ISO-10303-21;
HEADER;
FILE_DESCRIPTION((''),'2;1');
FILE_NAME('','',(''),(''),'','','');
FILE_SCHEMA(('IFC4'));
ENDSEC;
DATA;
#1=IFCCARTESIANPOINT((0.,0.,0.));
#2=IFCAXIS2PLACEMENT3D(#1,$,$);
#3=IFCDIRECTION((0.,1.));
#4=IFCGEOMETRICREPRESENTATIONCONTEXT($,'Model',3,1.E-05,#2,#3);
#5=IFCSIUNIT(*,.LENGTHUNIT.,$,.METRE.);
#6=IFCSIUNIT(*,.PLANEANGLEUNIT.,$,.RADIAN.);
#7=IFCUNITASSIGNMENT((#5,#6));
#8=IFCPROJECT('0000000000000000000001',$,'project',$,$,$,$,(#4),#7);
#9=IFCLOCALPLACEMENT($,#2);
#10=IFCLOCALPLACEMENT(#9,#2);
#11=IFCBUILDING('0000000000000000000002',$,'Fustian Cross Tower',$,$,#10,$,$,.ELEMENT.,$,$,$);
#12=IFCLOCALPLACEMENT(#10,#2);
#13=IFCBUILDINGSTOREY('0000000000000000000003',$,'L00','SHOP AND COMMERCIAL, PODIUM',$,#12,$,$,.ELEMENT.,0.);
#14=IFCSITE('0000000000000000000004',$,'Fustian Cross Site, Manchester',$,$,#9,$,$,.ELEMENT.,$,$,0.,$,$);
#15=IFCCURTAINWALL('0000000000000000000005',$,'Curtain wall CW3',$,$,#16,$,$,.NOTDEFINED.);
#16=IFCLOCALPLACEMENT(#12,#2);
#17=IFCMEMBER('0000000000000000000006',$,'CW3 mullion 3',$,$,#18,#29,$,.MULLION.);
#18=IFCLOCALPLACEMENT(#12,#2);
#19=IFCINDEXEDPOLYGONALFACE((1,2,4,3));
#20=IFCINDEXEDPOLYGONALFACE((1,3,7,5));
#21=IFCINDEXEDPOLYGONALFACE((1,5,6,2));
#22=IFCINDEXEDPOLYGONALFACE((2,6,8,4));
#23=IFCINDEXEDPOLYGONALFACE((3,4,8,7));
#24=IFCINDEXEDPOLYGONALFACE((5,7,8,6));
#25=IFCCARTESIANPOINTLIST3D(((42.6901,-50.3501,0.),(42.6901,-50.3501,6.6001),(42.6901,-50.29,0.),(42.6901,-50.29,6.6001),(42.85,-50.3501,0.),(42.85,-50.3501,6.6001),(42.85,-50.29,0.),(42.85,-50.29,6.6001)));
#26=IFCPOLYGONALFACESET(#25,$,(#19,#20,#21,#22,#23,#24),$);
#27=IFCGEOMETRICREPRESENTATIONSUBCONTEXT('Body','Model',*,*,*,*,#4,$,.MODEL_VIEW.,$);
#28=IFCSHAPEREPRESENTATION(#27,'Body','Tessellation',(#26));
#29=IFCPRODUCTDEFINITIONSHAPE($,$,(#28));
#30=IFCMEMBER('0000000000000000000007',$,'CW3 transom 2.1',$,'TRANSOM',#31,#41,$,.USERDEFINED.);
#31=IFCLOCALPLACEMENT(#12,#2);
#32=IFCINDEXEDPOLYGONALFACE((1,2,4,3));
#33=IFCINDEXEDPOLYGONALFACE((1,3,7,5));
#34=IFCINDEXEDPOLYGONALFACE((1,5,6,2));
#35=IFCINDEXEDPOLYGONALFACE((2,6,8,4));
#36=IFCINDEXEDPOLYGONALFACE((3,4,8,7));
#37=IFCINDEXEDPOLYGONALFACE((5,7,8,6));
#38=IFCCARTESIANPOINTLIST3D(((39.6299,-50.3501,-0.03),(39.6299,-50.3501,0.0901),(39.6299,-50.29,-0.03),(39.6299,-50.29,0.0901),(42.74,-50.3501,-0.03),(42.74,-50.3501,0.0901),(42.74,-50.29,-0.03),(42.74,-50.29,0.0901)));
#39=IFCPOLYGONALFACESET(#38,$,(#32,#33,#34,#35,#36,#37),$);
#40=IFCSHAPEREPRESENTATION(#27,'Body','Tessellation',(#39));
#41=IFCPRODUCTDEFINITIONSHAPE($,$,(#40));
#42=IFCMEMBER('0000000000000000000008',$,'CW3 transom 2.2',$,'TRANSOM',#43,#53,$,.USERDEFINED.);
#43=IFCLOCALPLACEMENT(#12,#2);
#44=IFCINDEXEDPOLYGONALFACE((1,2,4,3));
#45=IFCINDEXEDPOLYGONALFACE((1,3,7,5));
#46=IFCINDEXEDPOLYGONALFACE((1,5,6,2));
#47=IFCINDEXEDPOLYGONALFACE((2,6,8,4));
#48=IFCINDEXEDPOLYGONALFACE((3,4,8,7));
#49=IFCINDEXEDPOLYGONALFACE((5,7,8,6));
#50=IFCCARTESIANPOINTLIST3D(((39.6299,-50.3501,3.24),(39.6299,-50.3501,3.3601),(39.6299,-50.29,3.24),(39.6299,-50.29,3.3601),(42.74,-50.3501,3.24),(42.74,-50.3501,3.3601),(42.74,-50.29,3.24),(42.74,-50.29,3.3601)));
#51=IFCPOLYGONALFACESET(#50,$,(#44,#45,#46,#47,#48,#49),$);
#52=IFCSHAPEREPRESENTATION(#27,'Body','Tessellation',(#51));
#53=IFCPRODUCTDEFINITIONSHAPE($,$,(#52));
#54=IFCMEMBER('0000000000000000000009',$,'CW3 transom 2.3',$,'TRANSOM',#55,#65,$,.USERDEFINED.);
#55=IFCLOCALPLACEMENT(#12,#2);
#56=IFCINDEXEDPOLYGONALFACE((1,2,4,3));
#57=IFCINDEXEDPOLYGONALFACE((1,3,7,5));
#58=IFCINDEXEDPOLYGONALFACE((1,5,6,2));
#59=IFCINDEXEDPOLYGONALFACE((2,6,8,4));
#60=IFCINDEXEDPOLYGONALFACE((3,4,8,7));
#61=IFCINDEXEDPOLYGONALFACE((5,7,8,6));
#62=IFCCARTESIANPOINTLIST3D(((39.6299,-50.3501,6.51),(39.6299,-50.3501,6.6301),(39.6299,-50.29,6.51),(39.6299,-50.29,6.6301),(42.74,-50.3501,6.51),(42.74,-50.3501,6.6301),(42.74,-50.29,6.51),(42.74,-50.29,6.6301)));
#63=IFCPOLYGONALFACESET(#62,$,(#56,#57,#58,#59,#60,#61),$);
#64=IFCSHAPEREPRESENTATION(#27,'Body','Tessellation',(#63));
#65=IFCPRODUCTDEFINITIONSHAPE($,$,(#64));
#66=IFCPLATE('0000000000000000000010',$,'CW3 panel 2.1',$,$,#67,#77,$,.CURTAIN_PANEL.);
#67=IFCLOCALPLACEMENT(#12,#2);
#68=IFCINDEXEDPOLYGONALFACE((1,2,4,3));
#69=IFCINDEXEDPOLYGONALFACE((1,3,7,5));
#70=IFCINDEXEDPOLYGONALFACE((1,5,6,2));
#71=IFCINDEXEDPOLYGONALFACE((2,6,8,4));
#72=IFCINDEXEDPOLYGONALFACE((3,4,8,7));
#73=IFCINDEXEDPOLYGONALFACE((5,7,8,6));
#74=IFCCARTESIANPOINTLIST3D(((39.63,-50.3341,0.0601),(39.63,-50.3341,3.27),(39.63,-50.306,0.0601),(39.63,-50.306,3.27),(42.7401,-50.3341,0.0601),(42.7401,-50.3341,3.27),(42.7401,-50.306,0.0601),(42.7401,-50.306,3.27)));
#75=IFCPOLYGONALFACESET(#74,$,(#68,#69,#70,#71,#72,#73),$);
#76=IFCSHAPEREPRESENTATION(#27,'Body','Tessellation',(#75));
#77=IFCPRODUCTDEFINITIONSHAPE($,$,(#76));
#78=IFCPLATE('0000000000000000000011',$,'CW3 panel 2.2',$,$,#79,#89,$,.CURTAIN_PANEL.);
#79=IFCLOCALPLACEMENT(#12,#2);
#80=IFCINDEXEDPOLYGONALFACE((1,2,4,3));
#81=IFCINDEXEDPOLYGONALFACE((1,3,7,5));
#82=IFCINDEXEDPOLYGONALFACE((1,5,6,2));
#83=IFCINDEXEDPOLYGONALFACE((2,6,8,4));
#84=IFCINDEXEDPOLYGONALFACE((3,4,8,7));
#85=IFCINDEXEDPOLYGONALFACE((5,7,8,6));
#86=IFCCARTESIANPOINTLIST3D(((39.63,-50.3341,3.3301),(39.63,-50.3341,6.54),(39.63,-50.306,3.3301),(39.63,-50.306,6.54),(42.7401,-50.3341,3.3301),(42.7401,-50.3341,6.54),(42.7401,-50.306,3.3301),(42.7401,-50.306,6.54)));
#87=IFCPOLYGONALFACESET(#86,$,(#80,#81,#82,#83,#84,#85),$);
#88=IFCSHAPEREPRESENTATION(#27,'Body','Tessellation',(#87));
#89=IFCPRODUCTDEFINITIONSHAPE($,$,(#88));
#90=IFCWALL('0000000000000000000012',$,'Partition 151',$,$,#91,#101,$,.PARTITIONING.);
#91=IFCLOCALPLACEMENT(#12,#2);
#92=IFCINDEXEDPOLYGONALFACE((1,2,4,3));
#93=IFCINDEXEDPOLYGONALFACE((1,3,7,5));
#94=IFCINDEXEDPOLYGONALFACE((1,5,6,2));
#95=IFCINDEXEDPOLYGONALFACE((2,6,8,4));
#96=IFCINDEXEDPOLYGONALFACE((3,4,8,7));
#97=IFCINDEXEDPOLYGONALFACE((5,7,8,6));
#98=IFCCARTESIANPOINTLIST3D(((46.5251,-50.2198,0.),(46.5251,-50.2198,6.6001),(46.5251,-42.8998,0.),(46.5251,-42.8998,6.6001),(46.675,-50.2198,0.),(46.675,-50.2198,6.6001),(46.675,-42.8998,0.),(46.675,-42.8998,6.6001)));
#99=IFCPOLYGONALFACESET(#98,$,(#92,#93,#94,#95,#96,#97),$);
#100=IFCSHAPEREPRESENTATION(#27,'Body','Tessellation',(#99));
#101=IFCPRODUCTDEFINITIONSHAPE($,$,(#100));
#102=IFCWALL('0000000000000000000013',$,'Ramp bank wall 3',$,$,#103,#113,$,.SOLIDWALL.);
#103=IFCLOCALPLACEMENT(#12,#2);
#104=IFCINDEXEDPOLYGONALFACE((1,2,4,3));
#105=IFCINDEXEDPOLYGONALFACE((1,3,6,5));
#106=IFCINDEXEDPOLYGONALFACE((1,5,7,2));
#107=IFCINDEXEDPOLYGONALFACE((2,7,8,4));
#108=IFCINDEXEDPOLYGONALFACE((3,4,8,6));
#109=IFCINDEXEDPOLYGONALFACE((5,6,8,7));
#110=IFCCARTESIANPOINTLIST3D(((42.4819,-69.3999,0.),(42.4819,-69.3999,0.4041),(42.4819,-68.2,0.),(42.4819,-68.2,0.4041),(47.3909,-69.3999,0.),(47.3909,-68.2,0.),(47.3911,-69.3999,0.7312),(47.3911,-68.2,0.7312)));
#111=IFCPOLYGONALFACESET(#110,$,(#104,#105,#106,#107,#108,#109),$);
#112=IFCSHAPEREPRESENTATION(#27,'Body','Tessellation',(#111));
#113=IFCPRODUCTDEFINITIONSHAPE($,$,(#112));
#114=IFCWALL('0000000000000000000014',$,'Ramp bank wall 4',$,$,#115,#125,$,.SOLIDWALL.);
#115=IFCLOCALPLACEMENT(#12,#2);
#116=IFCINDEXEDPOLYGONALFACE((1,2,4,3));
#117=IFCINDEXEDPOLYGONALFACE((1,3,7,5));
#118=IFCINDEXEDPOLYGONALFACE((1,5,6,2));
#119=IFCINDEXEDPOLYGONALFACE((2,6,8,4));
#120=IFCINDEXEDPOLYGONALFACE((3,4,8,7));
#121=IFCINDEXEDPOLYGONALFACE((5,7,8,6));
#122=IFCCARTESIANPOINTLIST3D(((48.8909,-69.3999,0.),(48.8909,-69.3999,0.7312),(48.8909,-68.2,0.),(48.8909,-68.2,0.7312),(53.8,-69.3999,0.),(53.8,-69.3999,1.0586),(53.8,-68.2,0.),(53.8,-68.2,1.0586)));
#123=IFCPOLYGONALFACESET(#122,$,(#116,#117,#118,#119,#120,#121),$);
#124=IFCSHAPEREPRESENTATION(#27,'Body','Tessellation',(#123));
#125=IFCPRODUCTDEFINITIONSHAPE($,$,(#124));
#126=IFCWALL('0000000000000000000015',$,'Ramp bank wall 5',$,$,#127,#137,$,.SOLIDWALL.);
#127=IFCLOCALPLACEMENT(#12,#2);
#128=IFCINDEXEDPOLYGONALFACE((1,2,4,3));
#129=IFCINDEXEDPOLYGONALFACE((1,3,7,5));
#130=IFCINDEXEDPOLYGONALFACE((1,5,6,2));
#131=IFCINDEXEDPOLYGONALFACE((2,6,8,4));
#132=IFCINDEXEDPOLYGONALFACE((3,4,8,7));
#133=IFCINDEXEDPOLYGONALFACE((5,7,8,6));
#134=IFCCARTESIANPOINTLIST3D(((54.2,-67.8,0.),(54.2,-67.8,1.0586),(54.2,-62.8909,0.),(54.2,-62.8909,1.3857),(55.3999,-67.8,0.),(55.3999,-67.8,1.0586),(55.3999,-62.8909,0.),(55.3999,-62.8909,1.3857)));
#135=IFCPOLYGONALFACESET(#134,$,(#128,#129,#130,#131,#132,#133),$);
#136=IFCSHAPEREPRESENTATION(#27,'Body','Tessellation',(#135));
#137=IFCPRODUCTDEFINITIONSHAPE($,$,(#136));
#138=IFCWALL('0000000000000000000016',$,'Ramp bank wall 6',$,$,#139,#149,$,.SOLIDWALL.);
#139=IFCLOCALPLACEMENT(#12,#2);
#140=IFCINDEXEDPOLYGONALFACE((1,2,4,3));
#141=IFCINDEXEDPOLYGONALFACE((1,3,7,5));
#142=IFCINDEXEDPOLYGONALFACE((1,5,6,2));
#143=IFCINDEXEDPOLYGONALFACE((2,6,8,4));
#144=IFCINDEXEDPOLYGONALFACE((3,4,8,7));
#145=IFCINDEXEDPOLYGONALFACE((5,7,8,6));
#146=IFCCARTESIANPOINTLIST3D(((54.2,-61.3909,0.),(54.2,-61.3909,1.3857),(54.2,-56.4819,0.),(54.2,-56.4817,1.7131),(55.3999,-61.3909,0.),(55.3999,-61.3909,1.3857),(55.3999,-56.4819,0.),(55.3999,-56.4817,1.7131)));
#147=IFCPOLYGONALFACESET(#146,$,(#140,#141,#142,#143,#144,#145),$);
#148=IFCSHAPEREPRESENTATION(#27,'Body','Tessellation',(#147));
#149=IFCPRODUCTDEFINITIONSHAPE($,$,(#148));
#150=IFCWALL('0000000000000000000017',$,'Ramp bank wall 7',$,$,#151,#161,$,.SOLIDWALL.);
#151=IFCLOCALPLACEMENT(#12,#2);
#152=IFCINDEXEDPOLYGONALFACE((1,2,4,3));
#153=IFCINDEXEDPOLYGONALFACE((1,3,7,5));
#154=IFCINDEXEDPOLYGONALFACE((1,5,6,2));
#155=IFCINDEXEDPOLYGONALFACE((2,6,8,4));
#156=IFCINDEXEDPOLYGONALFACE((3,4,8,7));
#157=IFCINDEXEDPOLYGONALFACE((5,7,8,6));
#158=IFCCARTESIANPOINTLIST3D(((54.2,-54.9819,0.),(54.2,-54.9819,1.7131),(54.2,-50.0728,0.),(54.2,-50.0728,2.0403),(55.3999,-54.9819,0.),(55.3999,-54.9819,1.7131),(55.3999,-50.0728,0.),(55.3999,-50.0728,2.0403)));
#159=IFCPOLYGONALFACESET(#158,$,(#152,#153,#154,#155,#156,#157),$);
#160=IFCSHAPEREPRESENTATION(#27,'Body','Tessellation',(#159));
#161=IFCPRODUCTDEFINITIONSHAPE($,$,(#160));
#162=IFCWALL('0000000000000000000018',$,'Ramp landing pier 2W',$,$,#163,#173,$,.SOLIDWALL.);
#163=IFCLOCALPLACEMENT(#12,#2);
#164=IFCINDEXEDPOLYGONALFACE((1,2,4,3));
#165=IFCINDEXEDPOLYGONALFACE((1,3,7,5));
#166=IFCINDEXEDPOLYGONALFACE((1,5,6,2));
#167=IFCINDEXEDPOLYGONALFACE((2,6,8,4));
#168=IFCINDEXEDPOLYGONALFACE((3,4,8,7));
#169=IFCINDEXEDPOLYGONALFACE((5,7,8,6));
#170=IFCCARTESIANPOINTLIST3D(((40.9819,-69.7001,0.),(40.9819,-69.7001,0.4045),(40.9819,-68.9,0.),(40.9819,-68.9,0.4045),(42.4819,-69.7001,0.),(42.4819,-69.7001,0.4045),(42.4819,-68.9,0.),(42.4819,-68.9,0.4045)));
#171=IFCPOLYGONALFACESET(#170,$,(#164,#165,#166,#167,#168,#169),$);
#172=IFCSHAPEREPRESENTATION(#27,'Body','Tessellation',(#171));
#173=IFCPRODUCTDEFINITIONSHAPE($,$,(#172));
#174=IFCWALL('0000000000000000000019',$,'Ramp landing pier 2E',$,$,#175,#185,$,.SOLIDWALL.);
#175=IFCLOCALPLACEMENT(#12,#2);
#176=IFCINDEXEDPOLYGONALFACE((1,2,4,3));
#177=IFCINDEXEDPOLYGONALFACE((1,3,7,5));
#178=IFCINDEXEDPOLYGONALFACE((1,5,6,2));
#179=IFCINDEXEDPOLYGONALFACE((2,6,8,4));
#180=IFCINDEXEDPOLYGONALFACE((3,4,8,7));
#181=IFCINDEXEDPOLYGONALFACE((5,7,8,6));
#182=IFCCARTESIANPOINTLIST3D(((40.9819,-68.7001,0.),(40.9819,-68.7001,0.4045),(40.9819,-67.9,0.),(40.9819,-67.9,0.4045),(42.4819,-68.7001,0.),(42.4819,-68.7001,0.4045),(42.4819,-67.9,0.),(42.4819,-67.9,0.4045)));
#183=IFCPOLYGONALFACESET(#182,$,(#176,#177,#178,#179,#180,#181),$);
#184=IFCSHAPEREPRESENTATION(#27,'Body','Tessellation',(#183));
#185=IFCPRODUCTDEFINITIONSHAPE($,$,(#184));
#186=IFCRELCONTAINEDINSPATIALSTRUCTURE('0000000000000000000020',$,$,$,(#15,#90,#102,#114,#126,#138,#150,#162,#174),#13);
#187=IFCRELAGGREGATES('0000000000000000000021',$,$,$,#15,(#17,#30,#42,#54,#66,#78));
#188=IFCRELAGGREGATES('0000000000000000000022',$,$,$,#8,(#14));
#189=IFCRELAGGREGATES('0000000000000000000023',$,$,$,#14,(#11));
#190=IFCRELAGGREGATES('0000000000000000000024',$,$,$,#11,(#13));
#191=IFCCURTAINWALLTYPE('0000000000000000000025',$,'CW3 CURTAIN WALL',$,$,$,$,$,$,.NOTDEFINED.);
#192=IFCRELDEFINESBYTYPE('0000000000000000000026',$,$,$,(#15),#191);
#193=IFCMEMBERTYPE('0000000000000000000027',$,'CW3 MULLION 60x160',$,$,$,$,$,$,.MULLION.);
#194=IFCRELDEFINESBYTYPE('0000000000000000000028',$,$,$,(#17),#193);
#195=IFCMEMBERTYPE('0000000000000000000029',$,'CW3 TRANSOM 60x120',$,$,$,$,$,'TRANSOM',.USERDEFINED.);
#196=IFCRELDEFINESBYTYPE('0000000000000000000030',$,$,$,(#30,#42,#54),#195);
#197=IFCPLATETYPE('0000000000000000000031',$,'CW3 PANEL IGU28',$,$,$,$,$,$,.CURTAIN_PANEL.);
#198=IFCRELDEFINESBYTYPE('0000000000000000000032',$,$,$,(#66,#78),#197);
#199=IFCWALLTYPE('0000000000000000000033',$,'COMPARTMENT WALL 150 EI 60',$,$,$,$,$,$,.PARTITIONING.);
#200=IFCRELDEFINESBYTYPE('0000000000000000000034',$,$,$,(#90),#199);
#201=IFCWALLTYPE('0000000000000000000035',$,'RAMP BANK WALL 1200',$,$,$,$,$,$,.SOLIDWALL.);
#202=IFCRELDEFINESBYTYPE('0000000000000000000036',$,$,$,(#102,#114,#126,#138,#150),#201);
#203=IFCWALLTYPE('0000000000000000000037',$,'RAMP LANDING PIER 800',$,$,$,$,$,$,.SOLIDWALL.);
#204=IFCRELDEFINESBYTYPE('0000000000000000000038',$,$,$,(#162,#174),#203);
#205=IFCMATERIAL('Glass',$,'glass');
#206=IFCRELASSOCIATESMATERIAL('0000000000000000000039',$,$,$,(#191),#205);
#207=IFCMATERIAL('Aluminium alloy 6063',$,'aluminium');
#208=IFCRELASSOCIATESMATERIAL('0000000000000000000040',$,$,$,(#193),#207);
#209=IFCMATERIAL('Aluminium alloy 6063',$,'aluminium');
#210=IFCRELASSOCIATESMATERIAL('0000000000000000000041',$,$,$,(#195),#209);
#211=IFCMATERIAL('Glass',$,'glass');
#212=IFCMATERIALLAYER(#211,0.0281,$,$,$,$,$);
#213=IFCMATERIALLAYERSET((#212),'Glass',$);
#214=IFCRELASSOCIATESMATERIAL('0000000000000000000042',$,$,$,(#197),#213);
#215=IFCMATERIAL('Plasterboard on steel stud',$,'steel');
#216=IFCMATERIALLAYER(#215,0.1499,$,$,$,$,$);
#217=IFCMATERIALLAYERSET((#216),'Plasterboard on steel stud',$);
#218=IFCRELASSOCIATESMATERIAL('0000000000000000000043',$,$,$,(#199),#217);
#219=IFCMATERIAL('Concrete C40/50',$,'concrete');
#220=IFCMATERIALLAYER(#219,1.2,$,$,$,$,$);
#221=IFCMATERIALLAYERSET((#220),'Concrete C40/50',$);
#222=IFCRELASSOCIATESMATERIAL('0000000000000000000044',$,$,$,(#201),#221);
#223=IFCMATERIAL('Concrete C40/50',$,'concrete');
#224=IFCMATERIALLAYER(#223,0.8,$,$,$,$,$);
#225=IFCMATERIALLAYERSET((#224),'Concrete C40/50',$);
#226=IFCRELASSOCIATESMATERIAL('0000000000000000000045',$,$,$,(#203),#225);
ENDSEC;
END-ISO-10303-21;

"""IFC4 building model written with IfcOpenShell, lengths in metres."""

from ifc_helpers import new_model, si_unit, direction, frame, frame_2d, origin, origin_2d, place, context, subcontext, project, spatial, polyline, rectangle, outline, extrude, material, layer, layer_set, material_profile, profile_set, type_object, element, aggregate, save


model = new_model("IFC4")

# Units and contexts
model_context = context("Model", 3, precision=1e-05, world=origin(), true_north=direction((0.0, 1.0)))
body_context = subcontext(model_context, "Body", "Model", "MODEL_VIEW")
ifc_project = project(units=[si_unit("LENGTHUNIT", "METRE"), si_unit("PLANEANGLEUNIT", "RADIAN")], contexts=[model_context])

# Site, building, storey
site_placement = place(None, origin())
site = spatial("IfcSite", under=ifc_project, at=site_placement, Name="Fustian Cross Site, Manchester", CompositionType="ELEMENT", RefElevation=0.0)
building_placement = place(site_placement, origin())
building = spatial("IfcBuilding", under=site, at=building_placement, Name="Fustian Cross Tower", CompositionType="ELEMENT")
storey_placement = place(building_placement, origin())
storey = spatial("IfcBuildingStorey", under=building, at=storey_placement, Name="L00", Description="SHOP AND COMMERCIAL, PODIUM", CompositionType="ELEMENT", Elevation=0.0)

# Curtain wall, members, plates
ifc_material_1 = material(Name="Glass", Category="glass")
curtain_wall_type = type_object("IfcCurtainWallType", Name="CW3 CURTAIN WALL", PredefinedType="NOTDEFINED", material=ifc_material_1)
curtain_wall_placement = place(storey_placement, origin())
curtain_wall = element("IfcCurtainWall", 1, at=curtain_wall_placement, inside=storey, type_object=curtain_wall_type, Name="Curtain wall CW3", PredefinedType="NOTDEFINED")
ifc_material_2 = material(Name="Aluminium alloy 6063", Category="aluminium")
ifc_material_profile_1 = material_profile(ifc_material_2, rectangle(XDim=0.0601, YDim=0.1599, at=origin_2d()), Name="CW3 MULLION 60x160")
ifc_profile_set_1 = profile_set([ifc_material_profile_1], Name="Aluminium alloy 6063")
member_type_1 = type_object("IfcMemberType", Name="CW3 MULLION 60x160", PredefinedType="MULLION", material=ifc_profile_set_1)
member_1_placement = place(storey_placement, frame((42.77, -50.3201, 0.0), z_axis=(0.0, 0.0, 1.0), x_axis=(0.0, 1.0, 0.0)))
member_1 = element("IfcMember", 2, at=member_1_placement, type_object=member_type_1, Name="CW3 mullion 3", PredefinedType="MULLION", context=body_context, shape_type="SweptSolid", body=[
    extrude(rectangle(XDim=0.0601, YDim=0.1599, at=origin_2d()), origin(), (0.0, 0.0, 1.0), 6.6001),
])
ifc_material_3 = material(Name="Aluminium alloy 6063", Category="aluminium")
ifc_material_profile_2 = material_profile(ifc_material_3, rectangle(XDim=0.0601, YDim=0.1201, at=origin_2d()), Name="CW3 TRANSOM 60x120")
ifc_profile_set_2 = profile_set([ifc_material_profile_2], Name="Aluminium alloy 6063")
member_type_2 = type_object("IfcMemberType", Name="CW3 TRANSOM 60x120", ElementType="TRANSOM", PredefinedType="USERDEFINED", material=ifc_profile_set_2)
member_2_placement = place(storey_placement, frame((39.6299, -50.3201, 0.03), z_axis=(1.0, 0.0, 0.0), x_axis=(0.0, 1.0, 0.0)))
member_2 = element("IfcMember", 3, at=member_2_placement, type_object=member_type_2, Name="CW3 transom 2.1", ObjectType="TRANSOM", PredefinedType="USERDEFINED", context=body_context, shape_type="SweptSolid", body=[
    extrude(rectangle(XDim=0.0601, YDim=0.1201, at=origin_2d()), origin(), (0.0, 0.0, 1.0), 3.1101),
])
member_3_placement = place(storey_placement, frame((39.6299, -50.3201, 3.3), z_axis=(1.0, 0.0, 0.0), x_axis=(0.0, 1.0, 0.0)))
member_3 = element("IfcMember", 4, at=member_3_placement, type_object=member_type_2, Name="CW3 transom 2.2", ObjectType="TRANSOM", PredefinedType="USERDEFINED", context=body_context, shape_type="SweptSolid", body=[
    extrude(rectangle(XDim=0.0601, YDim=0.1201, at=origin_2d()), origin(), (0.0, 0.0, 1.0), 3.1101),
])
member_4_placement = place(storey_placement, frame((39.6299, -50.3201, 6.5701), z_axis=(1.0, 0.0, 0.0), x_axis=(0.0, 1.0, 0.0)))
member_4 = element("IfcMember", 5, at=member_4_placement, type_object=member_type_2, Name="CW3 transom 2.3", ObjectType="TRANSOM", PredefinedType="USERDEFINED", context=body_context, shape_type="SweptSolid", body=[
    extrude(rectangle(XDim=0.0601, YDim=0.1201, at=origin_2d()), origin(), (0.0, 0.0, 1.0), 3.1101),
])
ifc_material_4 = material(Name="Glass", Category="glass")
ifc_layer_1 = layer(ifc_material_4, 0.0281)
ifc_layer_set_1 = layer_set([ifc_layer_1], Name="Glass")
plate_type = type_object("IfcPlateType", Name="CW3 PANEL IGU28", PredefinedType="CURTAIN_PANEL", material=ifc_layer_set_1)
plate_1_placement = place(storey_placement, frame((41.1851, -50.3201, 0.0601), z_axis=(0.0, 0.0, 1.0), x_axis=(1.0, 0.0, 0.0)))
plate_1 = element("IfcPlate", 6, at=plate_1_placement, type_object=plate_type, Name="CW3 panel 2.1", PredefinedType="CURTAIN_PANEL", context=body_context, shape_type="SweptSolid", body=[
    extrude(rectangle(XDim=3.1101, YDim=0.0281, at=origin_2d()), origin(), (0.0, 0.0, 1.0), 3.21),
])
plate_2_placement = place(storey_placement, frame((41.1851, -50.3201, 3.3301), z_axis=(0.0, 0.0, 1.0), x_axis=(1.0, 0.0, 0.0)))
plate_2 = element("IfcPlate", 7, at=plate_2_placement, type_object=plate_type, Name="CW3 panel 2.2", PredefinedType="CURTAIN_PANEL", context=body_context, shape_type="SweptSolid", body=[
    extrude(rectangle(XDim=3.1101, YDim=0.0281, at=origin_2d()), origin(), (0.0, 0.0, 1.0), 3.21),
])
aggregate(curtain_wall, [member_1, member_2, member_3, member_4, plate_1, plate_2])

# Wall
ifc_material_5 = material(Name="Plasterboard on steel stud", Category="steel")
ifc_layer_2 = layer(ifc_material_5, 0.1499)
ifc_layer_set_2 = layer_set([ifc_layer_2], Name="Plasterboard on steel stud")
wall_type_1 = type_object("IfcWallType", Name="COMPARTMENT WALL 150 EI 60", PredefinedType="PARTITIONING", material=ifc_layer_set_2)
wall_1_placement = place(storey_placement, frame((46.6001, -50.22, 0.0), z_axis=(0.0, 0.0, 1.0), x_axis=(0.0, 1.0, 0.0)))
element("IfcWall", 8, at=wall_1_placement, inside=storey, type_object=wall_type_1, Name="Partition 151", PredefinedType="PARTITIONING", context=body_context, shape_type="SweptSolid", body=[
    extrude(rectangle(XDim=7.3201, YDim=0.1499, at=frame_2d((3.6602, 0.0))), origin(), (0.0, 0.0, 1.0), 6.6001),
])

# Walls
ifc_material_6 = material(Name="Concrete C40/50", Category="concrete")
ifc_layer_3 = layer(ifc_material_6, 1.2)
ifc_layer_set_3 = layer_set([ifc_layer_3], Name="Concrete C40/50")
wall_type_2 = type_object("IfcWallType", Name="RAMP BANK WALL 1200", PredefinedType="SOLIDWALL", material=ifc_layer_set_3)
wall_2_placement = place(storey_placement, frame((42.4819, -68.8, 0.0), z_axis=(0.0, 0.0, 1.0), x_axis=(1.0, 0.0, 0.0)))
element("IfcWall", 9, at=wall_2_placement, inside=storey, type_object=wall_type_2, Name="Ramp bank wall 3", PredefinedType="SOLIDWALL", context=body_context, shape_type="SweptSolid", body=[
    extrude(outline(polyline([(0.0, 0.0), (4.9089, 0.0), (4.9092, 0.7312), (0.0, 0.4041), (0.0, 0.0)])), frame((0.0, 0.6001, 0.0), z_axis=(0.0, -1.0, 0.0), x_axis=(1.0, 0.0, 0.0)), (0.0, 0.0, 1.0), 1.2),
])
wall_3_placement = place(storey_placement, frame((48.8909, -68.8, 0.0), z_axis=(0.0, 0.0, 1.0), x_axis=(1.0, 0.0, 0.0)))
element("IfcWall", 10, at=wall_3_placement, inside=storey, type_object=wall_type_2, Name="Ramp bank wall 4", PredefinedType="SOLIDWALL", context=body_context, shape_type="SweptSolid", body=[
    extrude(outline(polyline([(0.0, 0.0), (4.9092, 0.0), (4.9092, 1.0586), (0.0, 0.7312), (0.0, 0.0)])), frame((0.0, 0.6001, 0.0), z_axis=(0.0, -1.0, 0.0), x_axis=(1.0, 0.0, 0.0)), (0.0, 0.0, 1.0), 1.2),
])
wall_4_placement = place(storey_placement, frame((54.8, -67.8, 0.0), z_axis=(0.0, 0.0, 1.0), x_axis=(0.0, 1.0, 0.0)))
element("IfcWall", 11, at=wall_4_placement, inside=storey, type_object=wall_type_2, Name="Ramp bank wall 5", PredefinedType="SOLIDWALL", context=body_context, shape_type="SweptSolid", body=[
    extrude(outline(polyline([(0.0, 0.0), (4.9092, 0.0), (4.9092, 1.3857), (0.0, 1.0586), (0.0, 0.0)])), frame((0.0, 0.6001, 0.0), z_axis=(0.0, -1.0, 0.0), x_axis=(1.0, 0.0, 0.0)), (0.0, 0.0, 1.0), 1.2),
])
wall_5_placement = place(storey_placement, frame((54.8, -61.3909, 0.0), z_axis=(0.0, 0.0, 1.0), x_axis=(0.0, 1.0, 0.0)))
element("IfcWall", 12, at=wall_5_placement, inside=storey, type_object=wall_type_2, Name="Ramp bank wall 6", PredefinedType="SOLIDWALL", context=body_context, shape_type="SweptSolid", body=[
    extrude(outline(polyline([(0.0, 0.0), (4.9089, 0.0), (4.9092, 1.7131), (0.0, 1.3857), (0.0, 0.0)])), frame((0.0, 0.6001, 0.0), z_axis=(0.0, -1.0, 0.0), x_axis=(1.0, 0.0, 0.0)), (0.0, 0.0, 1.0), 1.2),
])
wall_6_placement = place(storey_placement, frame((54.8, -54.9819, 0.0), z_axis=(0.0, 0.0, 1.0), x_axis=(0.0, 1.0, 0.0)))
element("IfcWall", 13, at=wall_6_placement, inside=storey, type_object=wall_type_2, Name="Ramp bank wall 7", PredefinedType="SOLIDWALL", context=body_context, shape_type="SweptSolid", body=[
    extrude(outline(polyline([(0.0, 0.0), (4.9092, 0.0), (4.9092, 2.0403), (0.0, 1.7131), (0.0, 0.0)])), frame((0.0, 0.6001, 0.0), z_axis=(0.0, -1.0, 0.0), x_axis=(1.0, 0.0, 0.0)), (0.0, 0.0, 1.0), 1.2),
])
ifc_material_7 = material(Name="Concrete C40/50", Category="concrete")
ifc_layer_4 = layer(ifc_material_7, 0.8)
ifc_layer_set_4 = layer_set([ifc_layer_4], Name="Concrete C40/50")
wall_type_3 = type_object("IfcWallType", Name="RAMP LANDING PIER 800", PredefinedType="SOLIDWALL", material=ifc_layer_set_4)
for number, where, z_axis, x_axis, name in (
    (14, (40.9819, -69.3, 0.0), (0.0, 0.0, 1.0), (1.0, 0.0, 0.0), "Ramp landing pier 2W"),
    (15, (40.9819, -68.3, 0.0), (0.0, 0.0, 1.0), (1.0, 0.0, 0.0), "Ramp landing pier 2E"),
):
    element("IfcWall", number, at=place(storey_placement, frame(where, z_axis=z_axis, x_axis=x_axis)), inside=storey, type_object=wall_type_3, Name=name, PredefinedType="SOLIDWALL", context=body_context, shape_type="SweptSolid", body=[
        extrude(rectangle(XDim=1.5, YDim=0.8, at=frame_2d((0.75, 0.0))), origin(), (0.0, 0.0, 1.0), 0.4045),
    ])

save(model, "model.ifc")
